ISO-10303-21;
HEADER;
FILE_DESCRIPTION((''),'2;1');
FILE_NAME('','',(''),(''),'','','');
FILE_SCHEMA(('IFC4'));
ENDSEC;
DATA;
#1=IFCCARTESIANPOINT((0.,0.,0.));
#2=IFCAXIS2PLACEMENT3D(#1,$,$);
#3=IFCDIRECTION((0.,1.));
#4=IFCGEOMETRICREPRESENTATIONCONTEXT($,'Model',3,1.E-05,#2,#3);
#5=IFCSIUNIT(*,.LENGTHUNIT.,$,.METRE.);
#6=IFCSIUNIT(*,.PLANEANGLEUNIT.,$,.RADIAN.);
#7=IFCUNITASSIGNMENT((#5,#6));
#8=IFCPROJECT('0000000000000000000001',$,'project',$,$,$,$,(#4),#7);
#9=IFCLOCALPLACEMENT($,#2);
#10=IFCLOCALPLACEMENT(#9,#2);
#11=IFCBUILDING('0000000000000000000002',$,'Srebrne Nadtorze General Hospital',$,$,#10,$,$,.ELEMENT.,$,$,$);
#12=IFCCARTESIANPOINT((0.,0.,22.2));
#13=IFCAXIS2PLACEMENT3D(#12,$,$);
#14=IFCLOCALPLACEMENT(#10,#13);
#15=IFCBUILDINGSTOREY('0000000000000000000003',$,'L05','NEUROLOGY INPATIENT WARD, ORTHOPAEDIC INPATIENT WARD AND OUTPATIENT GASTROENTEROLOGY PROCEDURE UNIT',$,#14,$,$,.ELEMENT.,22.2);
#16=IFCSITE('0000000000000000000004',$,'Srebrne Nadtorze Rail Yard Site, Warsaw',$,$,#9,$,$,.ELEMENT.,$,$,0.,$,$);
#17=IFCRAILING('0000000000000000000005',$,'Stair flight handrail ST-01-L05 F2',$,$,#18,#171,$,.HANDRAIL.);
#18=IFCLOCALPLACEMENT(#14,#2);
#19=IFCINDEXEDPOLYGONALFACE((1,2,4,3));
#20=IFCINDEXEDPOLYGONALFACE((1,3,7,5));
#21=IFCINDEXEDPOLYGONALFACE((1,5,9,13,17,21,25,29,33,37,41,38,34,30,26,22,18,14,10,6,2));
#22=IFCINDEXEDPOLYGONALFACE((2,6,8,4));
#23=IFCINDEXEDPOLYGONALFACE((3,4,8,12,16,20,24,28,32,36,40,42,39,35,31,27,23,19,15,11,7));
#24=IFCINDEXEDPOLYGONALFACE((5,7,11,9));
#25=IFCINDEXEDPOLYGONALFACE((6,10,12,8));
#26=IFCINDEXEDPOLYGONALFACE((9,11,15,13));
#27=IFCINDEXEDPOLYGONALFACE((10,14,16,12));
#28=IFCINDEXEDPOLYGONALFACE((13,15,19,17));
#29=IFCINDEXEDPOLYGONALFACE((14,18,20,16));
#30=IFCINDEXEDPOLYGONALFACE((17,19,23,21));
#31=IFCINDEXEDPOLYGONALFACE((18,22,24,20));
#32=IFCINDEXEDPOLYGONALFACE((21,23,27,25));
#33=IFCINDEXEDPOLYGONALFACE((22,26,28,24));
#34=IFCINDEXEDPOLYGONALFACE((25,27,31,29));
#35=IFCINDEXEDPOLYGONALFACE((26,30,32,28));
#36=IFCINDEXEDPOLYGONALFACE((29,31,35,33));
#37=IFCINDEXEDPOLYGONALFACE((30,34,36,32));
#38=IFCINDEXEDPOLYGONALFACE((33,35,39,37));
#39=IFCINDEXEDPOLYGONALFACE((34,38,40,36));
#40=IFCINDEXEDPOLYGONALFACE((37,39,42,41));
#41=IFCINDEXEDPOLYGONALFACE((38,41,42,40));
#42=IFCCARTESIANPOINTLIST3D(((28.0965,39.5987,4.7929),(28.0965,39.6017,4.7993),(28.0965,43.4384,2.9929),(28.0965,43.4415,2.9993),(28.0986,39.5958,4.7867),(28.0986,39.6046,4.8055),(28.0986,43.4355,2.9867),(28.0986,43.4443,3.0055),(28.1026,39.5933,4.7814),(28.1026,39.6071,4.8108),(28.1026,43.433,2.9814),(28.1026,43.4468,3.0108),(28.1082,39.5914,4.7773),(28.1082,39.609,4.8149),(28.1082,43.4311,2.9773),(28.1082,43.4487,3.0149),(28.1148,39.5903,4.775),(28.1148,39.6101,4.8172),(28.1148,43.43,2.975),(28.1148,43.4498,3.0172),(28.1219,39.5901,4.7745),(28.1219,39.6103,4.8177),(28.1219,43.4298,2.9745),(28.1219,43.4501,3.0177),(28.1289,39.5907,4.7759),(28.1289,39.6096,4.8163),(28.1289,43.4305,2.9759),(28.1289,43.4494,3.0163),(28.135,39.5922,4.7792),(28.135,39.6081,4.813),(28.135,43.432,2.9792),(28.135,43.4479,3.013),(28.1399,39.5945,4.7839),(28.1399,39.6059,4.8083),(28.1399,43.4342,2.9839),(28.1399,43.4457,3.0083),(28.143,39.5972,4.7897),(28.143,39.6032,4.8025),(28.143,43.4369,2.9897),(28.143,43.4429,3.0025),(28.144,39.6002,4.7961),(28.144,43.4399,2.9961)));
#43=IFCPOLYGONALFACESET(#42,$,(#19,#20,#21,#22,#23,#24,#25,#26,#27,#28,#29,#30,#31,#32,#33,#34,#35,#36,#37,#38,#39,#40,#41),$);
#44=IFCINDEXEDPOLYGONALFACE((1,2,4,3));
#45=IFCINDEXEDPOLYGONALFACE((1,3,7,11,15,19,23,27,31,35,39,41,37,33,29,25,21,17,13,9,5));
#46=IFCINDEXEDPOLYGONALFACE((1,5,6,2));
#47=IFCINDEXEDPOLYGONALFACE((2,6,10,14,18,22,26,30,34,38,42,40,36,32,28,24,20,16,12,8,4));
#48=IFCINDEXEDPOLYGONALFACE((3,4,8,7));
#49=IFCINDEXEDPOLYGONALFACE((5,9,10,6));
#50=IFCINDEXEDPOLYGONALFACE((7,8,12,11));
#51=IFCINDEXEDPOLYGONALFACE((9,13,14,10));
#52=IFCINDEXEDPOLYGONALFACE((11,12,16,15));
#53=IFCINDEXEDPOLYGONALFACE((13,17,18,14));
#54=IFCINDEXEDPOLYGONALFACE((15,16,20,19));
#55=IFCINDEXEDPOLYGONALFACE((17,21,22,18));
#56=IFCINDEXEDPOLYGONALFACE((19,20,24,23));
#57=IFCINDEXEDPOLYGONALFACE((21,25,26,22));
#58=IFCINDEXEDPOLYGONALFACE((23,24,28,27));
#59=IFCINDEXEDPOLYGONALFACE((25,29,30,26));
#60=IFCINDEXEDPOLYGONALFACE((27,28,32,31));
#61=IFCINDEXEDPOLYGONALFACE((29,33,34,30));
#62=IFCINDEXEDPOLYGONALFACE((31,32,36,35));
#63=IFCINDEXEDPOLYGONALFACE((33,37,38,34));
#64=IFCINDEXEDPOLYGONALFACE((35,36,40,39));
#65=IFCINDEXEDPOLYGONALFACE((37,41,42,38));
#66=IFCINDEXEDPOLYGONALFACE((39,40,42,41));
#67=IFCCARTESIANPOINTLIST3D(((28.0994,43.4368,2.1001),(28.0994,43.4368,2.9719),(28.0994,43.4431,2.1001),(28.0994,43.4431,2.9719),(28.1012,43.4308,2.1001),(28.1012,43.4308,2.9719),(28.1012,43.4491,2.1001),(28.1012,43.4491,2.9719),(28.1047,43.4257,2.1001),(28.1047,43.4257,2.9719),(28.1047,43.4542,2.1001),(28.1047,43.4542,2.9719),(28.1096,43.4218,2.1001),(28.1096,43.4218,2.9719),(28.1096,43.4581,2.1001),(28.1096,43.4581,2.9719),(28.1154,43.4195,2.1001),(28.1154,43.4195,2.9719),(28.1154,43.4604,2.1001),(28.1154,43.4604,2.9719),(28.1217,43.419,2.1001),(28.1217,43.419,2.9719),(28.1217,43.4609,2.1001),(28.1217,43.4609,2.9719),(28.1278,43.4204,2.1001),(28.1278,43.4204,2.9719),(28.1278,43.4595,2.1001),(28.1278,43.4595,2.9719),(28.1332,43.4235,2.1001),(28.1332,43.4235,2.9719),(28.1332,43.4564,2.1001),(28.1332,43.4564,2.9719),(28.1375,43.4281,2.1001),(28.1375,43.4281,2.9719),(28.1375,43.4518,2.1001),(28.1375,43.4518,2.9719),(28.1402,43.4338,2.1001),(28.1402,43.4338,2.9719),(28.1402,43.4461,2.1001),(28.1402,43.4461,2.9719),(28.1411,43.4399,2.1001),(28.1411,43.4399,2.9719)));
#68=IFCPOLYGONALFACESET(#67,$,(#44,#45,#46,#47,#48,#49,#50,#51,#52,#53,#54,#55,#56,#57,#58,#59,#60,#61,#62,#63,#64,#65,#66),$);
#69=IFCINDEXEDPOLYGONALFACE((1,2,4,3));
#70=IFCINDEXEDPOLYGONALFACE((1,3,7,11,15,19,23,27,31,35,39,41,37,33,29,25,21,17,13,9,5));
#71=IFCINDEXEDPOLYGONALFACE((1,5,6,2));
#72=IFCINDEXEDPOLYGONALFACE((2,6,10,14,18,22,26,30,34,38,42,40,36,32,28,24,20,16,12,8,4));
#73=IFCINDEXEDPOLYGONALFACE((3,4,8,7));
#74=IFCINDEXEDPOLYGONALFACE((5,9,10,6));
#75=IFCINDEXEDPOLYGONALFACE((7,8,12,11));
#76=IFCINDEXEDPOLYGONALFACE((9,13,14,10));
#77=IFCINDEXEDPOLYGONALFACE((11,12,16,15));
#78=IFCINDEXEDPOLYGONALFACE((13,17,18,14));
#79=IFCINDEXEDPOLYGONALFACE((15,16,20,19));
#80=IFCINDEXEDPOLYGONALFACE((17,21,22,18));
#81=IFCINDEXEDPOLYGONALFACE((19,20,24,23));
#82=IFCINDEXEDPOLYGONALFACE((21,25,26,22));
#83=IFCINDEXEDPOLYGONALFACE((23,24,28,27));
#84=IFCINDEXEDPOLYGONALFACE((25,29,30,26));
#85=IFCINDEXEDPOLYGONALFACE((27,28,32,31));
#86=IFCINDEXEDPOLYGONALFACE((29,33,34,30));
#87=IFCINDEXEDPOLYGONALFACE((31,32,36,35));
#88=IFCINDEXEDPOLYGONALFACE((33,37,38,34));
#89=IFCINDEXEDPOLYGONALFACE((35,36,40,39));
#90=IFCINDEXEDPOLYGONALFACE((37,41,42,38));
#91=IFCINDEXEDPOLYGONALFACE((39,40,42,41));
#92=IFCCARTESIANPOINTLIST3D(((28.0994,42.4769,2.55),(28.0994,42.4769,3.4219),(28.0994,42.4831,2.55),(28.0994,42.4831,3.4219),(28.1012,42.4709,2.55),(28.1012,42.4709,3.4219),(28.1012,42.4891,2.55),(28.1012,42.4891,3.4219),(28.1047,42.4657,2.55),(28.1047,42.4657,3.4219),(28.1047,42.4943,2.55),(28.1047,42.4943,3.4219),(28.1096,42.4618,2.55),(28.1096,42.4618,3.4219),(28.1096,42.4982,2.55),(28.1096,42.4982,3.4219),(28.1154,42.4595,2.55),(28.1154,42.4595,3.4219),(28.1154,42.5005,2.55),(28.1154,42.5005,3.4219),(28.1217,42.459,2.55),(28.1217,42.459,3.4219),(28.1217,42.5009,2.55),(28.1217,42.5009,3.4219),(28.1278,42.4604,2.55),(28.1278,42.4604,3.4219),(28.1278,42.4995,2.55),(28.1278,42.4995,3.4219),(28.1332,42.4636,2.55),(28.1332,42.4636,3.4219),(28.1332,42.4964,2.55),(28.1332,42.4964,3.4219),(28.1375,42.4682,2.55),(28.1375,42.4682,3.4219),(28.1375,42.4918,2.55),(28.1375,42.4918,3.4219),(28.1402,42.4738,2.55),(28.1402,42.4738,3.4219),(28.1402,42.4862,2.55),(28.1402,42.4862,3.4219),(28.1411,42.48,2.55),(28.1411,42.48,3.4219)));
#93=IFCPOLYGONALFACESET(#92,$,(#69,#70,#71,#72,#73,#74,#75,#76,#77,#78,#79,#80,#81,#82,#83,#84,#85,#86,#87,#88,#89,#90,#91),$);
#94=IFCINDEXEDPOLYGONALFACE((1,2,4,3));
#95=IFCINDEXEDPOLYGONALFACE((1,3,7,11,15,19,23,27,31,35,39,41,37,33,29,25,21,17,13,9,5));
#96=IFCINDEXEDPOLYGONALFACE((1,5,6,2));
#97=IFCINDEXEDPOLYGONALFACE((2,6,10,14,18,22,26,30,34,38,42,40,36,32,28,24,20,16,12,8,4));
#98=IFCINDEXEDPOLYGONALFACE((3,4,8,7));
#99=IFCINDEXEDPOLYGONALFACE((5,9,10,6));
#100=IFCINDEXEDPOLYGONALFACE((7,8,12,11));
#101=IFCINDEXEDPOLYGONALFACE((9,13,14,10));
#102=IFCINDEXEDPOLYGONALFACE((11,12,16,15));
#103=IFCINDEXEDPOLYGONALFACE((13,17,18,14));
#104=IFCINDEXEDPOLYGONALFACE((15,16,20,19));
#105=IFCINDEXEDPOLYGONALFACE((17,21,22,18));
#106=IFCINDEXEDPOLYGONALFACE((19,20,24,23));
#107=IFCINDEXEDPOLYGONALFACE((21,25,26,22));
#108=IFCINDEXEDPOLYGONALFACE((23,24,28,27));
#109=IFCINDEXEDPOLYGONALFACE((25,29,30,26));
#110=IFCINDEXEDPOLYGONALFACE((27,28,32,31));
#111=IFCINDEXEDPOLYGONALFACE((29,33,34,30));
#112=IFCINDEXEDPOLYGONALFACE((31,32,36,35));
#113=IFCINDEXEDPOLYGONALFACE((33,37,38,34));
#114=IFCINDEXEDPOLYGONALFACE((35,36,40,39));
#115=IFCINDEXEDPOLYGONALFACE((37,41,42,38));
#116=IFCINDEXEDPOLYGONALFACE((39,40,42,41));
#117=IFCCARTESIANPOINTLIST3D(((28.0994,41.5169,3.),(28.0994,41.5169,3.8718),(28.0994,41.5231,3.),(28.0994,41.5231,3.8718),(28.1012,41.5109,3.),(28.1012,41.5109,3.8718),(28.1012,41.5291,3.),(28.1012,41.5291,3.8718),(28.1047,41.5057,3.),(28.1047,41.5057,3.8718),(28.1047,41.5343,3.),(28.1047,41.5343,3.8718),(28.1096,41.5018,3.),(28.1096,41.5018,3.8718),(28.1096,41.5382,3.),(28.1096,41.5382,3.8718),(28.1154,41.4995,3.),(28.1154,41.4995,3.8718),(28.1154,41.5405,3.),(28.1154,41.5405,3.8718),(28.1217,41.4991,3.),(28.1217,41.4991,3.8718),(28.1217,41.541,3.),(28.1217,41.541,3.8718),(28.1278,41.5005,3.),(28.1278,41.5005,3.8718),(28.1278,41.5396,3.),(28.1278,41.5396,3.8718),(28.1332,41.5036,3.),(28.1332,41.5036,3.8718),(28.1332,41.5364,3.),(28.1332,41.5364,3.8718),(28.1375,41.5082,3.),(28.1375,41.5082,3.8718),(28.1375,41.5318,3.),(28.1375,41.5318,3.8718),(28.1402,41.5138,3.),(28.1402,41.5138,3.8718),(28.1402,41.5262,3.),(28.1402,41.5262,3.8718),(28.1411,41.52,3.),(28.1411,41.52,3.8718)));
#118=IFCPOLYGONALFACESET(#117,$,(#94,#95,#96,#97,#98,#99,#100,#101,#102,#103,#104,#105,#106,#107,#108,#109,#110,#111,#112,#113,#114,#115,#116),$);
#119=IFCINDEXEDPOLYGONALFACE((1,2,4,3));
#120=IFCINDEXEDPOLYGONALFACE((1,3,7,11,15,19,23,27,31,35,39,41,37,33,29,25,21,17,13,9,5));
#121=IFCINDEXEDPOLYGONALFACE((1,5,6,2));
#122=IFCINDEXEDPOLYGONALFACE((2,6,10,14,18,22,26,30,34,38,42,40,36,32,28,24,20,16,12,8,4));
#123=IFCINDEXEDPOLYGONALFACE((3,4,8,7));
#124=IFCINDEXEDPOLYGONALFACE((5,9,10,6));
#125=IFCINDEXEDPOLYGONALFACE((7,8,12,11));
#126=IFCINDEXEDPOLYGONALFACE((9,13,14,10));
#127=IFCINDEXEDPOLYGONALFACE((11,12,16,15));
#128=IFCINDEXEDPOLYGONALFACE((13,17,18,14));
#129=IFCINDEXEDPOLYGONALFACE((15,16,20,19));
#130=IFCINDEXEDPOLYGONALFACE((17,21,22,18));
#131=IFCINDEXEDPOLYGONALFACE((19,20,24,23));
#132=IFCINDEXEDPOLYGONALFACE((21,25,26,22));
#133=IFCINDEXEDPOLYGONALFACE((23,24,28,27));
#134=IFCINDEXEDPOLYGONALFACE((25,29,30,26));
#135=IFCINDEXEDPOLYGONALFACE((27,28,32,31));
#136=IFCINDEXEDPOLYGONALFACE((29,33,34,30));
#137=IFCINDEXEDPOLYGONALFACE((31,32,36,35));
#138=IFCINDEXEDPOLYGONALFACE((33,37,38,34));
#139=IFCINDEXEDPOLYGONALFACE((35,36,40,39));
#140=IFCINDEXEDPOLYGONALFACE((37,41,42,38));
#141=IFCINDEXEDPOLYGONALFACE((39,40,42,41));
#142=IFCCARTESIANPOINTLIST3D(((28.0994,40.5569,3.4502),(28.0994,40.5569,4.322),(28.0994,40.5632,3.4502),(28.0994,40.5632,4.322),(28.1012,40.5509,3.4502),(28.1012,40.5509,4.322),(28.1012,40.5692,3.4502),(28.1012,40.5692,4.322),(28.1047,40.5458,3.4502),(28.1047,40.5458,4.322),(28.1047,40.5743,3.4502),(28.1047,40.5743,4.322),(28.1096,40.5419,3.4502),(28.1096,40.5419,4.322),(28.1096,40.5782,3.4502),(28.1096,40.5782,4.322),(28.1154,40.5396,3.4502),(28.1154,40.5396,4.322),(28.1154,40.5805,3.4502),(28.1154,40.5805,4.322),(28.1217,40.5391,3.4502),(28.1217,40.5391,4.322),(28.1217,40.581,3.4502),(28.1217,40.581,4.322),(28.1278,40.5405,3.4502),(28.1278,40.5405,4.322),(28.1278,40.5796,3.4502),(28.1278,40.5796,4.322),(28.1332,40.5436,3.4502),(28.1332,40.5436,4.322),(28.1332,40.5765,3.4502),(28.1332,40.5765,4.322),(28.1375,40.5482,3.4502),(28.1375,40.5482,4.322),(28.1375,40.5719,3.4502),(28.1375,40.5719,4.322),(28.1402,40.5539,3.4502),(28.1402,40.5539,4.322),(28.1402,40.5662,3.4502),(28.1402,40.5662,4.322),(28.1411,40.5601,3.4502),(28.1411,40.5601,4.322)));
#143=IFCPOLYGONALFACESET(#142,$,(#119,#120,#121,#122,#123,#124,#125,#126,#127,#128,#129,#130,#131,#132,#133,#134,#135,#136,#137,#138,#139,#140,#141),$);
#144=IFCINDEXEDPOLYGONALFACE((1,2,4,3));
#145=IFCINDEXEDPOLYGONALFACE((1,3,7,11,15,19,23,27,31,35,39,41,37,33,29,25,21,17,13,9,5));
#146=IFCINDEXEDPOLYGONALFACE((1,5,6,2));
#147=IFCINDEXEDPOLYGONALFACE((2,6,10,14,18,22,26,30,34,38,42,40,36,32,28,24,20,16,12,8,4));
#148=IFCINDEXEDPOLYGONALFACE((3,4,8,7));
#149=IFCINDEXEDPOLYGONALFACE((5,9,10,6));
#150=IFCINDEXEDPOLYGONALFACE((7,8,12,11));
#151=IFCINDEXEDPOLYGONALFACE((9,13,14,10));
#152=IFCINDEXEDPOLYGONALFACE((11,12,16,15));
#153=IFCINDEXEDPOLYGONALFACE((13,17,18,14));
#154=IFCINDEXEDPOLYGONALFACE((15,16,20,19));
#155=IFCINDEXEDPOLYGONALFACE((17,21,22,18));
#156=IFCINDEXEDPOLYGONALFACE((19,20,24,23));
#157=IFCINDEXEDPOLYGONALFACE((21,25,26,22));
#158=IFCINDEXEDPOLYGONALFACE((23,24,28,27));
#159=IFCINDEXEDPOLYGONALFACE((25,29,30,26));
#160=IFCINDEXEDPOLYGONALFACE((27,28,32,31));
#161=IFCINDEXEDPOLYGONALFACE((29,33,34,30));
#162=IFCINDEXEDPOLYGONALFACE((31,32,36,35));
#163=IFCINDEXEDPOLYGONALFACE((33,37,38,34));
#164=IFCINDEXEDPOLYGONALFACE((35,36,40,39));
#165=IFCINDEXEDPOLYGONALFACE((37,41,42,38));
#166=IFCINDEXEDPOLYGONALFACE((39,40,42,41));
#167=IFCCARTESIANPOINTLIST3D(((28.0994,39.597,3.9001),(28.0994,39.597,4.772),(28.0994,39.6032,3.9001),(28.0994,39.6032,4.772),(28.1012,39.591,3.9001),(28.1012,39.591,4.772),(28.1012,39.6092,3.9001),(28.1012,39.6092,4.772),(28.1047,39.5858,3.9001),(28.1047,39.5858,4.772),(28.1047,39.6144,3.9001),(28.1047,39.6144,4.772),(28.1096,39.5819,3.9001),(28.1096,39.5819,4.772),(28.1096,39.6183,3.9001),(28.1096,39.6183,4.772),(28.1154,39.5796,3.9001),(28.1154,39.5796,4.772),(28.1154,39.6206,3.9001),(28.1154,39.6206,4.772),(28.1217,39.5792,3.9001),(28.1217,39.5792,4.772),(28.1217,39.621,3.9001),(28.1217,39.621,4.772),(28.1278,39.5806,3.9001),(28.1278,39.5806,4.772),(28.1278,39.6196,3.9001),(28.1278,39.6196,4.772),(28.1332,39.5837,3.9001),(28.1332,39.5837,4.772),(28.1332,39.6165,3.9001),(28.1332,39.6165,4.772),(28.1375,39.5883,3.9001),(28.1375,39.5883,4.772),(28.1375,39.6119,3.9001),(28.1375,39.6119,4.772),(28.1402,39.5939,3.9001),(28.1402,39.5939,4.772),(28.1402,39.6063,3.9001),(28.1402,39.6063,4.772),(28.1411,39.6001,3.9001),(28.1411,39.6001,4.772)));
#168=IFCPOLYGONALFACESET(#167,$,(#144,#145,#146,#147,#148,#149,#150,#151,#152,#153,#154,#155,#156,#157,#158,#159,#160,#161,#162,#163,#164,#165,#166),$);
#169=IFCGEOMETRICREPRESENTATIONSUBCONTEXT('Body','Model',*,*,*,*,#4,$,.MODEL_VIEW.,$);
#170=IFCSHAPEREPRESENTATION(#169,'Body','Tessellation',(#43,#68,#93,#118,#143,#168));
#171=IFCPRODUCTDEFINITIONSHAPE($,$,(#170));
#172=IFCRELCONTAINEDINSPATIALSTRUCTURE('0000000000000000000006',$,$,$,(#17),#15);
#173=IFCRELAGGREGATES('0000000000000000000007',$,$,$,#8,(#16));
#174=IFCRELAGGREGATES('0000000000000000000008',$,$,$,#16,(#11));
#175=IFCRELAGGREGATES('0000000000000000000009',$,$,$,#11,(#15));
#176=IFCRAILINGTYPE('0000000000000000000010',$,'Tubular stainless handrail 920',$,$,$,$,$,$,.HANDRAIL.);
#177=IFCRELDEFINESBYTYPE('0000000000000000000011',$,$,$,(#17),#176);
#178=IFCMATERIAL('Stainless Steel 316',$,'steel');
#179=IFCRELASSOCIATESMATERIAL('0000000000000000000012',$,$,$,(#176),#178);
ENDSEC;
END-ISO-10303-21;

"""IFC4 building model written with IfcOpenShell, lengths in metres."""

from ifc_helpers import new_model, si_unit, direction, frame, origin, origin_2d, place, context, subcontext, project, spatial, circle, extrude, material, type_object, element, save


model = new_model("IFC4")

# Units and contexts
model_context = context("Model", 3, precision=1e-05, world=origin(), true_north=direction((0.0, 1.0)))
body_context = subcontext(model_context, "Body", "Model", "MODEL_VIEW")
ifc_project = project(units=[si_unit("LENGTHUNIT", "METRE"), si_unit("PLANEANGLEUNIT", "RADIAN")], contexts=[model_context])

# Site, building, storey
site_placement = place(None, origin())
site = spatial("IfcSite", under=ifc_project, at=site_placement, Name="Srebrne Nadtorze Rail Yard Site, Warsaw", CompositionType="ELEMENT", RefElevation=0.0)
building_placement = place(site_placement, origin())
building = spatial("IfcBuilding", under=site, at=building_placement, Name="Srebrne Nadtorze General Hospital", CompositionType="ELEMENT")
storey_placement = place(building_placement, frame((0.0, 0.0, 22.2)))
storey = spatial("IfcBuildingStorey", under=building, at=storey_placement, Name="L05", Description="NEUROLOGY INPATIENT WARD, ORTHOPAEDIC INPATIENT WARD AND OUTPATIENT GASTROENTEROLOGY PROCEDURE UNIT", CompositionType="ELEMENT", Elevation=22.2)

# Railing
ifc_material_1 = material(Name="Stainless Steel 316", Category="steel")
railing_type_1 = type_object("IfcRailingType", Name="Tubular stainless handrail 920", PredefinedType="HANDRAIL", material=ifc_material_1)
railing_1_placement = place(storey_placement, frame((28.1201, 43.4399, 2.1001)))
element("IfcRailing", 1, at=railing_1_placement, inside=storey, type_object=railing_type_1, Name="Stair flight handrail ST-01-L05 F2", PredefinedType="HANDRAIL", context=body_context, shape_type="SweptSolid", body=[
    extrude(circle(Radius=0.0239, at=origin_2d()), frame((0.0, 0.0, 0.896), z_axis=(0.0, -0.905448, 0.424457), x_axis=(1.0, 0.0, 0.0)), (0.0, 0.0, 1.0), 4.2407),
    extrude(circle(Radius=0.021, at=origin_2d()), origin(), (0.0, 0.0, 1.0), 0.8718),
    extrude(circle(Radius=0.021, at=origin_2d()), frame((0.0, -0.96, 0.45)), (0.0, 0.0, 1.0), 0.8718),
    extrude(circle(Radius=0.021, at=origin_2d()), frame((0.0, -1.9199, 0.8999)), (0.0, 0.0, 1.0), 0.8718),
    extrude(circle(Radius=0.021, at=origin_2d()), frame((0.0, -2.8799, 1.3501)), (0.0, 0.0, 1.0), 0.8718),
    extrude(circle(Radius=0.021, at=origin_2d()), frame((0.0, -3.8398, 1.8)), (0.0, 0.0, 1.0), 0.8718),
])

save(model, "model.ifc")
